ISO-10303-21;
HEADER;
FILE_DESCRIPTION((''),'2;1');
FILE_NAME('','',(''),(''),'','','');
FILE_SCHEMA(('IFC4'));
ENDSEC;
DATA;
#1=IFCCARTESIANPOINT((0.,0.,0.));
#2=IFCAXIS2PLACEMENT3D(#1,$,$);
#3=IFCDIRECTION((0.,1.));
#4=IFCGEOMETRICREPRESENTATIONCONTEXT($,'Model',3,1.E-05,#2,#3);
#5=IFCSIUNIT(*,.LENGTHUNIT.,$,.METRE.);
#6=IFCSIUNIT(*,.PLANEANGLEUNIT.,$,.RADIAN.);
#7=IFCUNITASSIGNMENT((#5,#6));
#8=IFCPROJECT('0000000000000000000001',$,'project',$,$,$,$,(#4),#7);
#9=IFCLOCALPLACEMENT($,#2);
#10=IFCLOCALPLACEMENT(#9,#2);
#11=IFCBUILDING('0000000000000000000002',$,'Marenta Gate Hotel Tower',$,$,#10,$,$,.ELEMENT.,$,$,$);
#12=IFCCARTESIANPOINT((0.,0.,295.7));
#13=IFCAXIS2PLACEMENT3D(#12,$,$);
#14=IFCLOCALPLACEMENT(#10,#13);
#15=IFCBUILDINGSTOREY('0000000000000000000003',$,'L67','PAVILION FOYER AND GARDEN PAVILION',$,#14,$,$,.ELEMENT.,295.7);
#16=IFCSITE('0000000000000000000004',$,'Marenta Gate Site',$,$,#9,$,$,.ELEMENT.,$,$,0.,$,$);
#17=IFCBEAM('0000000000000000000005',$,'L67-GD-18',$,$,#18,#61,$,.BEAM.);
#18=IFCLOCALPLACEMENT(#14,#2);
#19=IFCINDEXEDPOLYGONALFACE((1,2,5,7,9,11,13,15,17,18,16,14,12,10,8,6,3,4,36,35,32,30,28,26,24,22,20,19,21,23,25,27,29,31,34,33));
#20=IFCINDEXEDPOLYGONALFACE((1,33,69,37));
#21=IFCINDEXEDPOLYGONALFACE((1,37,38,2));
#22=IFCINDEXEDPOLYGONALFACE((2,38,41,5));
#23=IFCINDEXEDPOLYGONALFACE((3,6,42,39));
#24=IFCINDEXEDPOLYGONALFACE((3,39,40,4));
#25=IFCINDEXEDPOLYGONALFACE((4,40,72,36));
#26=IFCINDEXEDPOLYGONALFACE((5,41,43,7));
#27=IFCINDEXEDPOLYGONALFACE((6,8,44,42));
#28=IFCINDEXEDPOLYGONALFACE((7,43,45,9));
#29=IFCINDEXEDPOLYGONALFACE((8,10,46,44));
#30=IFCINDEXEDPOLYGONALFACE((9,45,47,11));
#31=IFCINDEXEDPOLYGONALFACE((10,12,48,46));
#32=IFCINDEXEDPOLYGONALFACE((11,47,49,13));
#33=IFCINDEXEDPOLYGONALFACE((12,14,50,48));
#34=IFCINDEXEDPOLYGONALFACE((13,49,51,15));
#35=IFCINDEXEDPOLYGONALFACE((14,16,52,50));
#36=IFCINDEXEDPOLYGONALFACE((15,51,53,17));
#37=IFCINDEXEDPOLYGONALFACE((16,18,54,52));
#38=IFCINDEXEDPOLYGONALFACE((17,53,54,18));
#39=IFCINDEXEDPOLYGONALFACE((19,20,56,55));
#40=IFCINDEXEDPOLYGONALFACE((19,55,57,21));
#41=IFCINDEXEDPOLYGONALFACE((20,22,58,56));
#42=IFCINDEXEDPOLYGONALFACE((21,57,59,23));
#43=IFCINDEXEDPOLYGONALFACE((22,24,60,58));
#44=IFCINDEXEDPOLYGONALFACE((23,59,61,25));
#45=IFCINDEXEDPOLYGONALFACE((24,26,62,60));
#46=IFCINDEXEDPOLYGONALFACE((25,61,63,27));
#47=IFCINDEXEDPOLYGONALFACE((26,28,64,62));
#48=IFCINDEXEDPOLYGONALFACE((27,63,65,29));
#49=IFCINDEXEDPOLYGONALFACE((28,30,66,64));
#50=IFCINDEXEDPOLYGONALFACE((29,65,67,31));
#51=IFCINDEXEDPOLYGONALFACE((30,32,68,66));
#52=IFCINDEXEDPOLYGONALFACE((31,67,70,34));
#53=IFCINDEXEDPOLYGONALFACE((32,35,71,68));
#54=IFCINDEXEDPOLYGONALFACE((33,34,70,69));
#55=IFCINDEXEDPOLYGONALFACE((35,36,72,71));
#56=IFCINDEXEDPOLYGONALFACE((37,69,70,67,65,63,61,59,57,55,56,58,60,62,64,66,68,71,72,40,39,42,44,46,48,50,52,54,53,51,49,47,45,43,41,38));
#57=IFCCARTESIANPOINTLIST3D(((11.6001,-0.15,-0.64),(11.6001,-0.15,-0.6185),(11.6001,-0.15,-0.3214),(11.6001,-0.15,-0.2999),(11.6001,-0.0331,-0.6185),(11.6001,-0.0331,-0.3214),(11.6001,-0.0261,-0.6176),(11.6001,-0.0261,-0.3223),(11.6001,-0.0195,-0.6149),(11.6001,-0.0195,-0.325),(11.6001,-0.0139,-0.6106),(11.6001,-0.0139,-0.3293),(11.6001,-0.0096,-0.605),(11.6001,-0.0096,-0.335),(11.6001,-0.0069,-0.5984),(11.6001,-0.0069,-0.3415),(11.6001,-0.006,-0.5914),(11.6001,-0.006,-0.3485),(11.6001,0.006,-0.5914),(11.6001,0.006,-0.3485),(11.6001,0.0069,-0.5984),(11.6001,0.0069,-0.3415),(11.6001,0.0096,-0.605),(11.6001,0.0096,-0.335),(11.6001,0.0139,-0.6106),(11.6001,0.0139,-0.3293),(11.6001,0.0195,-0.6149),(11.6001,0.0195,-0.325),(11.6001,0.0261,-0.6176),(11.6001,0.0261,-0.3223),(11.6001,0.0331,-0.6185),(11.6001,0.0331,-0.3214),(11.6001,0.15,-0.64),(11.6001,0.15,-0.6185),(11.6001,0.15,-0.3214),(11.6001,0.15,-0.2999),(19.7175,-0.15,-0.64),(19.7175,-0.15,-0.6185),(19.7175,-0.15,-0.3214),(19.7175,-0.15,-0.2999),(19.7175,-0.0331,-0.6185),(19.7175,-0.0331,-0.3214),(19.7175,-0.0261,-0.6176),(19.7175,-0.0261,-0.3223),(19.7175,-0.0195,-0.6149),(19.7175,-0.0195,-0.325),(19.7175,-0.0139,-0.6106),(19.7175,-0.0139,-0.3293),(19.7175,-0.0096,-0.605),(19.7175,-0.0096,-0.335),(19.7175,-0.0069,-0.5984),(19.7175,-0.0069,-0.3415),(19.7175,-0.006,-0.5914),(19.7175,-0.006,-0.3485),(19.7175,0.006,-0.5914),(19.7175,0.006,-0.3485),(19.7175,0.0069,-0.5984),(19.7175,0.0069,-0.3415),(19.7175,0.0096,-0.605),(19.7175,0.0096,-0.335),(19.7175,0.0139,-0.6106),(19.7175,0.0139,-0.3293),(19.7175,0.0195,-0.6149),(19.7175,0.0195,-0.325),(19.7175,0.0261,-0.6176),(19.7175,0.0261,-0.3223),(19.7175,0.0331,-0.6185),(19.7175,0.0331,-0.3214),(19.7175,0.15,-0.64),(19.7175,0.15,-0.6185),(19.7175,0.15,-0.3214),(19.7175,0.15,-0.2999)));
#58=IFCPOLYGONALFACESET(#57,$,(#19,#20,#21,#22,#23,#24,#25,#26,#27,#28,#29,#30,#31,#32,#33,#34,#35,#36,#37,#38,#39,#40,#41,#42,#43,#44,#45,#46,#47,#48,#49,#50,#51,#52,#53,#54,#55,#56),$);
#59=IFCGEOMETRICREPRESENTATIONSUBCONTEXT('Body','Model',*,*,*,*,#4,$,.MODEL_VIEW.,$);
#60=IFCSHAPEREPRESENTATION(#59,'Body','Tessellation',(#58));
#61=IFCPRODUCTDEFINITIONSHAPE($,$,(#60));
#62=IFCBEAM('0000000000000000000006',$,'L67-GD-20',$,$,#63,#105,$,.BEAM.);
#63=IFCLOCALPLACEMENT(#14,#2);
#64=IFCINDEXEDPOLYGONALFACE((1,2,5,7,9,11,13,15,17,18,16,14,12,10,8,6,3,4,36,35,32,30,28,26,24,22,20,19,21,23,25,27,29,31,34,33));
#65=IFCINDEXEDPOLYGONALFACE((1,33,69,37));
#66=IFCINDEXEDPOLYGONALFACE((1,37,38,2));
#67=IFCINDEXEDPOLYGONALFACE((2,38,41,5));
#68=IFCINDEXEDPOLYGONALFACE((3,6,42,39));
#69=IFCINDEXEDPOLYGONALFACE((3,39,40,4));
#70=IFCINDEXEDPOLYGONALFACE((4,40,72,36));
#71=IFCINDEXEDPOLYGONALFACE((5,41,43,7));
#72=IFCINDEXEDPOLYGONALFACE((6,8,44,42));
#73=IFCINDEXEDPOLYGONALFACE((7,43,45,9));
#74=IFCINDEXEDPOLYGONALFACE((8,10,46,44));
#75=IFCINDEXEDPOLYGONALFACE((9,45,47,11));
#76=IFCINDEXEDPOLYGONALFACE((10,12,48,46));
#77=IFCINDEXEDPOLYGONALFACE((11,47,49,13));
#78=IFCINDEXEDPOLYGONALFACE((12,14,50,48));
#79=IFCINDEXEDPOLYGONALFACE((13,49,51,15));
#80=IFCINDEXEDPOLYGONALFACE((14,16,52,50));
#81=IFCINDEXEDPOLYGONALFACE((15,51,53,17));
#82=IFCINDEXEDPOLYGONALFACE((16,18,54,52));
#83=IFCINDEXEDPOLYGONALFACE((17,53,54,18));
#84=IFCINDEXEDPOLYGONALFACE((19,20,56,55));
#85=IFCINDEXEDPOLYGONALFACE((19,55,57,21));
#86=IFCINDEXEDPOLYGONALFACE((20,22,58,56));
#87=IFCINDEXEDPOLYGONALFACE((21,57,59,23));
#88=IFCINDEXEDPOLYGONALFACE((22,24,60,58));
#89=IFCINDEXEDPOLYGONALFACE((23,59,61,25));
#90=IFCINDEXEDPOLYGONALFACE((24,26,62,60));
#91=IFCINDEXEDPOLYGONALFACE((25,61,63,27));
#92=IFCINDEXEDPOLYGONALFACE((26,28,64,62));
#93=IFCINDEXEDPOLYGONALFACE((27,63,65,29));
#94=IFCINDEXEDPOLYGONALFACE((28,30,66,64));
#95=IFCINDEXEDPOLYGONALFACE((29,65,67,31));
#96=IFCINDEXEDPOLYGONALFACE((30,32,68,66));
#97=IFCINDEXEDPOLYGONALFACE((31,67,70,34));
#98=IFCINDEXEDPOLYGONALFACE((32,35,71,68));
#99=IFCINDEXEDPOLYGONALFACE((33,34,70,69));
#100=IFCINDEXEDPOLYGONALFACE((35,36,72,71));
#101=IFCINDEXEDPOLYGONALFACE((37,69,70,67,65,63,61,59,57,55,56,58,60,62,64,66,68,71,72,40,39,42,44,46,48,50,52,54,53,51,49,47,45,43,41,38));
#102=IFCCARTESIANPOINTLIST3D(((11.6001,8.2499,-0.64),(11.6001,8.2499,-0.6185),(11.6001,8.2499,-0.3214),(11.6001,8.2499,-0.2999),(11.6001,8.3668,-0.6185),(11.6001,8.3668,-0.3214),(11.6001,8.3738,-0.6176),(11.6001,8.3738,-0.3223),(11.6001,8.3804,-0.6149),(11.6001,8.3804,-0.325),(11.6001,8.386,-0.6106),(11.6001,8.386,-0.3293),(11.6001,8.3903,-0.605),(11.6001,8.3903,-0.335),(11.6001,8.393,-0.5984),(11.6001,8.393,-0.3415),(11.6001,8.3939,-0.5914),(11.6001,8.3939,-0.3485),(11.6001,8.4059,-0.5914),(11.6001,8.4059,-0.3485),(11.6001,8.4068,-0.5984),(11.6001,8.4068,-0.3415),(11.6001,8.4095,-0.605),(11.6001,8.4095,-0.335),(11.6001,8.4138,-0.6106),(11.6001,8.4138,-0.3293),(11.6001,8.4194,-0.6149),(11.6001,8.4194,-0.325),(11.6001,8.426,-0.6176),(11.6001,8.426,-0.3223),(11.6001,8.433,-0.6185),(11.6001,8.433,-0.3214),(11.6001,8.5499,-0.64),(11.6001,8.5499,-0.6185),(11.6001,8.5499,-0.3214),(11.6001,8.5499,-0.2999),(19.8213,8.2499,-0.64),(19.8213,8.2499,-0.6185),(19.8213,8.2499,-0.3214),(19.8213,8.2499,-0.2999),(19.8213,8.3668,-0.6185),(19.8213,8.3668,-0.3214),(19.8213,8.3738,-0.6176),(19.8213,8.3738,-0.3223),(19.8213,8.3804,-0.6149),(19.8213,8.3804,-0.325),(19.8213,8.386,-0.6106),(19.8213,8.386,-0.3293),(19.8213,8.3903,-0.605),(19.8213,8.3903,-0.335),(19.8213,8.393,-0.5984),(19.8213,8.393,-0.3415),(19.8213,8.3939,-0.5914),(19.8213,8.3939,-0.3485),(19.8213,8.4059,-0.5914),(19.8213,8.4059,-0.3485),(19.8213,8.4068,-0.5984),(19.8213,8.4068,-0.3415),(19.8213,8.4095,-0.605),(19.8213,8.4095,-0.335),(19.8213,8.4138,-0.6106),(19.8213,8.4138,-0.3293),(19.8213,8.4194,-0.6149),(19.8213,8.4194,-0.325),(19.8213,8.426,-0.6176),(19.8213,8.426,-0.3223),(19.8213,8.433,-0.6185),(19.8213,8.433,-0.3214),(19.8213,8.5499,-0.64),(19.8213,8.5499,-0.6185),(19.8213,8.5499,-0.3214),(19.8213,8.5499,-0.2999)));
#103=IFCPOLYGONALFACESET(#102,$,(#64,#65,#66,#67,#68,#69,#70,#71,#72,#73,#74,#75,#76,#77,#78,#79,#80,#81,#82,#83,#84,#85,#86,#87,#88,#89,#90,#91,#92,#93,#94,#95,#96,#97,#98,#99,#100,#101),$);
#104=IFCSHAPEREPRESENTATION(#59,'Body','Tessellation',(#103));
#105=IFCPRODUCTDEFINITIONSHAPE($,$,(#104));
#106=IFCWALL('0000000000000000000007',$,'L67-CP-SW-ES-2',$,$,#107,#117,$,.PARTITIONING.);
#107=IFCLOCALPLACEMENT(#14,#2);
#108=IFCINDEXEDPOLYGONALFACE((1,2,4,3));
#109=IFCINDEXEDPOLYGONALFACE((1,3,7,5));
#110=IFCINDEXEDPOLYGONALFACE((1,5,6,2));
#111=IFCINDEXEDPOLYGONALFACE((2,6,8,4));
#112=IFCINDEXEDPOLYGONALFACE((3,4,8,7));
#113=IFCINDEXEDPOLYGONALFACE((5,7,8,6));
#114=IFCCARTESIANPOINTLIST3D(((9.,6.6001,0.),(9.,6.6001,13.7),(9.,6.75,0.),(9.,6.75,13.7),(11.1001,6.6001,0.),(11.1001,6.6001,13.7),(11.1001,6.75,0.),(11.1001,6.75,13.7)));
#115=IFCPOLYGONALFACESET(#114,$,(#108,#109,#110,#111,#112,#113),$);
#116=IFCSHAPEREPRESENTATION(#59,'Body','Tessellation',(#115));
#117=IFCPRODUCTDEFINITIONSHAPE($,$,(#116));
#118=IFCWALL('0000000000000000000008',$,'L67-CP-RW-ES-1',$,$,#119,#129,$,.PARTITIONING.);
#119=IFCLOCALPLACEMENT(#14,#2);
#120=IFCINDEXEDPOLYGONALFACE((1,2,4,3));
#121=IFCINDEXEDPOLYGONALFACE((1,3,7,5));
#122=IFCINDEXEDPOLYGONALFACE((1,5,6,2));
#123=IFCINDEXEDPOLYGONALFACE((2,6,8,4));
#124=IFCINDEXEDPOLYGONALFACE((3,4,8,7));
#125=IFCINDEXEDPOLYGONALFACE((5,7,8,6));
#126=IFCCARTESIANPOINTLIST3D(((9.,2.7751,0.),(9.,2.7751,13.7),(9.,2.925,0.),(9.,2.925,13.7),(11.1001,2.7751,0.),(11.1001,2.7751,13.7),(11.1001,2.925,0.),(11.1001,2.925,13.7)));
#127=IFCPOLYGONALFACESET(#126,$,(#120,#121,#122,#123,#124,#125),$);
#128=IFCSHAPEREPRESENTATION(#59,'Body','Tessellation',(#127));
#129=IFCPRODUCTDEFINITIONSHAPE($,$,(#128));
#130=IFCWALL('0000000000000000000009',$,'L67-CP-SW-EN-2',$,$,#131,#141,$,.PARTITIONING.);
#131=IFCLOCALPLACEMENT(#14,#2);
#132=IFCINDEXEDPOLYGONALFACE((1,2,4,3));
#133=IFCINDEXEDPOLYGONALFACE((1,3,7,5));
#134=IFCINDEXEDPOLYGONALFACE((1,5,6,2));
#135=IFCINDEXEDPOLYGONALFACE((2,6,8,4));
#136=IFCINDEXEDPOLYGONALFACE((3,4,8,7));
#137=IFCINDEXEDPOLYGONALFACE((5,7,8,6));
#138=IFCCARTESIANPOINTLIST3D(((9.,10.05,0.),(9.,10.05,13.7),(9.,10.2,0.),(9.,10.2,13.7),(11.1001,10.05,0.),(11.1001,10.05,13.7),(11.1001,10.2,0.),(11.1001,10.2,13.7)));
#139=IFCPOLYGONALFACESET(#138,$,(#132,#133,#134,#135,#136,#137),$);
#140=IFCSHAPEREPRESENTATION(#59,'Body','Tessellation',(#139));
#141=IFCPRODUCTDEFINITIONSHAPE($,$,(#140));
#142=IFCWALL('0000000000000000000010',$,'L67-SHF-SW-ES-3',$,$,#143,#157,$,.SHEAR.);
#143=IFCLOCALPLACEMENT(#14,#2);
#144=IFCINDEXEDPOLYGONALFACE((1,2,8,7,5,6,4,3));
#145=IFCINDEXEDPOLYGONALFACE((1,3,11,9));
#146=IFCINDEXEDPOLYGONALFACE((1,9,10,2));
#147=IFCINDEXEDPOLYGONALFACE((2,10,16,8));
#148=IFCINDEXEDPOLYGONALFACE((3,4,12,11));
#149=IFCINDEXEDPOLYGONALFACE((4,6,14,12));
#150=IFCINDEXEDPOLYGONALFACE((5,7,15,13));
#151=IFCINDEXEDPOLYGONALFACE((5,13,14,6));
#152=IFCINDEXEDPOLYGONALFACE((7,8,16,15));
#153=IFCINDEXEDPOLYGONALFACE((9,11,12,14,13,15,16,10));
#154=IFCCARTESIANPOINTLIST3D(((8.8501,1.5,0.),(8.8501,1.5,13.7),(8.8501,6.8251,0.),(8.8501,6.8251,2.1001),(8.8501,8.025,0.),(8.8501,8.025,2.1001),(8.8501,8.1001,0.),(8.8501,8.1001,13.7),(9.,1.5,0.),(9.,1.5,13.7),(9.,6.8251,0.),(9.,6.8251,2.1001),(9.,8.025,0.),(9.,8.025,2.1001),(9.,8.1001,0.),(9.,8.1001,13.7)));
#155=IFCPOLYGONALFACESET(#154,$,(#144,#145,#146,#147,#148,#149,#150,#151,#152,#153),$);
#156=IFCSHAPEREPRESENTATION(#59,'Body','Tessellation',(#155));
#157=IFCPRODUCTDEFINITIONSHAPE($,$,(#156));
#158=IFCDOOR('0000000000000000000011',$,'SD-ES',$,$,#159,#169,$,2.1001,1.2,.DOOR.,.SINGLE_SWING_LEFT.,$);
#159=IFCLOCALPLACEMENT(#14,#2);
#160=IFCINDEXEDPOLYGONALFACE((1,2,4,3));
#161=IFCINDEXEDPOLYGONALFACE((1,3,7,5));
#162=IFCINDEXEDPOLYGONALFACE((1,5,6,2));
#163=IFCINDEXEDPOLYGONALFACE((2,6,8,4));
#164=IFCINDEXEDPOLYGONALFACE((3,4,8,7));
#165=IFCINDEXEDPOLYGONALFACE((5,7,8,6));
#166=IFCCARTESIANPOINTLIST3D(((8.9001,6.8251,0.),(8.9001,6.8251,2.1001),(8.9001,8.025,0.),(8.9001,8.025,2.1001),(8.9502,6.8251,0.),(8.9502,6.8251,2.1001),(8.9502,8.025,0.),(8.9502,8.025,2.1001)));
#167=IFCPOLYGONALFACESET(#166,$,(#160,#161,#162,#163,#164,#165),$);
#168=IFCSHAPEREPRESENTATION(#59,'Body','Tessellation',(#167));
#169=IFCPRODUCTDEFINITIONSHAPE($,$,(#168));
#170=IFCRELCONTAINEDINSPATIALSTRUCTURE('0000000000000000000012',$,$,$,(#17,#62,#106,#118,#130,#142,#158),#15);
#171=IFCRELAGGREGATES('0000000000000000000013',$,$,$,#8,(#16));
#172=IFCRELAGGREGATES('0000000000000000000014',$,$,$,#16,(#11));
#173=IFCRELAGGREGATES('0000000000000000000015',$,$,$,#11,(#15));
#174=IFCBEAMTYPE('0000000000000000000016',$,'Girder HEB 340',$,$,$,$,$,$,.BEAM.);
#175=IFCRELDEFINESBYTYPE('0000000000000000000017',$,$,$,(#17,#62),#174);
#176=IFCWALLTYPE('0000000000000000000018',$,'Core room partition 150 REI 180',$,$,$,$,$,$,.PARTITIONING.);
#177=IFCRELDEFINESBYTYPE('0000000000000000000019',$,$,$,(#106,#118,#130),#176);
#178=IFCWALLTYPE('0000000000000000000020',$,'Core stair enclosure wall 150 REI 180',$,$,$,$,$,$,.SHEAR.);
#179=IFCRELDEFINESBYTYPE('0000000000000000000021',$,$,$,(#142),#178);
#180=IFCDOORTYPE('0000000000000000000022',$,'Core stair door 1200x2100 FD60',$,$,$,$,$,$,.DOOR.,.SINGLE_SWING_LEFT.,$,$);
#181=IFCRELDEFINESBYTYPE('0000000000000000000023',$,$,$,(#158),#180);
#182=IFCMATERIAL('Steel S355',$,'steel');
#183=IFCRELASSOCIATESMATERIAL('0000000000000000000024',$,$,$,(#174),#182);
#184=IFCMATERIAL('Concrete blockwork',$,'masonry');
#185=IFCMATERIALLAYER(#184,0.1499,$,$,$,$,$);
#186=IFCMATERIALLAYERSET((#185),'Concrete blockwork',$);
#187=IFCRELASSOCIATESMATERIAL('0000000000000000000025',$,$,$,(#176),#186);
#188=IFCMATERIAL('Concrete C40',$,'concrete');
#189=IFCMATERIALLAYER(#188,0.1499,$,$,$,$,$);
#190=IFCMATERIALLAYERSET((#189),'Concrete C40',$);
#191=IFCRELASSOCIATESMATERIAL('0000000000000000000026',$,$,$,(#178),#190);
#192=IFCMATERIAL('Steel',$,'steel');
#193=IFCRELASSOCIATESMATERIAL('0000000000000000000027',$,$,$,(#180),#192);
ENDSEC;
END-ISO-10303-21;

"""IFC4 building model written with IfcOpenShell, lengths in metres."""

from ifc_helpers import new_model, si_unit, direction, frame, frame_2d, origin, origin_2d, place, context, subcontext, project, spatial, rectangle, i_section, extrude, material, layer, layer_set, material_profile, profile_set, type_object, element, fill, save


model = new_model("IFC4")

# Units and contexts
model_context = context("Model", 3, precision=1e-05, world=origin(), true_north=direction((0.0, 1.0)))
body_context = subcontext(model_context, "Body", "Model", "MODEL_VIEW")
ifc_project = project(units=[si_unit("LENGTHUNIT", "METRE"), si_unit("PLANEANGLEUNIT", "RADIAN")], contexts=[model_context])

# Site, building, storey
site_placement = place(None, origin())
site = spatial("IfcSite", under=ifc_project, at=site_placement, Name="Marenta Gate Site", CompositionType="ELEMENT", RefElevation=0.0)
building_placement = place(site_placement, origin())
building = spatial("IfcBuilding", under=site, at=building_placement, Name="Marenta Gate Hotel Tower", CompositionType="ELEMENT")
storey_placement = place(building_placement, frame((0.0, 0.0, 295.7)))
storey = spatial("IfcBuildingStorey", under=building, at=storey_placement, Name="L67", Description="PAVILION FOYER AND GARDEN PAVILION", CompositionType="ELEMENT", Elevation=295.7)

# Beams
ifc_material_1 = material(Name="Steel S355", Category="steel")
ifc_material_profile_1 = material_profile(ifc_material_1, i_section(OverallWidth=0.3, OverallDepth=0.3401, WebThickness=0.012, FlangeThickness=0.0215, FilletRadius=0.0271, at=origin_2d()), Name="HEB 340")
ifc_profile_set_1 = profile_set([ifc_material_profile_1], Name="Steel S355")
beam_type_1 = type_object("IfcBeamType", Name="Girder HEB 340", PredefinedType="BEAM", material=ifc_profile_set_1)
beam_1_placement = place(storey_placement, frame((11.6001, 0.0, -0.47), z_axis=(1.0, 0.0, 0.0), x_axis=(0.0, 1.0, 0.0)))
element("IfcBeam", 1, at=beam_1_placement, inside=storey, type_object=beam_type_1, Name="L67-GD-18", PredefinedType="BEAM", context=body_context, shape_type="SweptSolid", body=[
    extrude(i_section(OverallWidth=0.3, OverallDepth=0.3401, WebThickness=0.012, FlangeThickness=0.0215, FilletRadius=0.0271, at=origin_2d()), origin(), (0.0, 0.0, 1.0), 8.1174),
])
beam_2_placement = place(storey_placement, frame((11.6001, 8.3999, -0.47), z_axis=(1.0, 0.0, 0.0), x_axis=(0.0, 1.0, 0.0)))
element("IfcBeam", 2, at=beam_2_placement, inside=storey, type_object=beam_type_1, Name="L67-GD-20", PredefinedType="BEAM", context=body_context, shape_type="SweptSolid", body=[
    extrude(i_section(OverallWidth=0.3, OverallDepth=0.3401, WebThickness=0.012, FlangeThickness=0.0215, FilletRadius=0.0271, at=origin_2d()), origin(), (0.0, 0.0, 1.0), 8.2212),
])

# Walls
ifc_material_2 = material(Name="Concrete blockwork", Category="masonry")
ifc_layer_1 = layer(ifc_material_2, 0.1499)
ifc_layer_set_1 = layer_set([ifc_layer_1], Name="Concrete blockwork")
wall_type_1 = type_object("IfcWallType", Name="Core room partition 150 REI 180", PredefinedType="PARTITIONING", material=ifc_layer_set_1)
for number, where, z_axis, x_axis, name in (
    (3, (9.0, 6.675, 0.0), (0.0, 0.0, 1.0), (1.0, 0.0, 0.0), "L67-CP-SW-ES-2"),
    (4, (9.0, 2.8501, 0.0), (0.0, 0.0, 1.0), (1.0, 0.0, 0.0), "L67-CP-RW-ES-1"),
    (5, (9.0, 10.125, 0.0), (0.0, 0.0, 1.0), (1.0, 0.0, 0.0), "L67-CP-SW-EN-2"),
):
    element("IfcWall", number, at=place(storey_placement, frame(where, z_axis=z_axis, x_axis=x_axis)), inside=storey, type_object=wall_type_1, Name=name, PredefinedType="PARTITIONING", context=body_context, shape_type="SweptSolid", body=[
        extrude(rectangle(XDim=2.1001, YDim=0.1499, at=frame_2d((1.05, 0.0))), origin(), (0.0, 0.0, 1.0), 13.7),
    ])

# Wall, opening, door
ifc_material_3 = material(Name="Concrete C40", Category="concrete")
ifc_layer_2 = layer(ifc_material_3, 0.1499)
ifc_layer_set_2 = layer_set([ifc_layer_2], Name="Concrete C40")
wall_type_2 = type_object("IfcWallType", Name="Core stair enclosure wall 150 REI 180", PredefinedType="SHEAR", material=ifc_layer_set_2)
wall_1_placement = place(storey_placement, frame((8.925, 1.5, 0.0), z_axis=(0.0, 0.0, 1.0), x_axis=(0.0, 1.0, 0.0)))
wall_1 = element("IfcWall", 6, at=wall_1_placement, inside=storey, type_object=wall_type_2, Name="L67-SHF-SW-ES-3", PredefinedType="SHEAR", context=body_context, shape_type="SweptSolid", body=[
    extrude(rectangle(XDim=6.6001, YDim=0.1499, at=frame_2d((3.3, 0.0))), origin(), (0.0, 0.0, 1.0), 13.7),
])
opening_1_placement = place(wall_1_placement, frame((5.325, 0.0, 0.0)))
opening_1 = element("IfcOpeningElement", 7, at=opening_1_placement, cuts=wall_1, PredefinedType="OPENING", context=body_context, shape_type="SweptSolid", body=[
    extrude(rectangle(XDim=1.2, YDim=2.1001, at=frame_2d((0.6001, 1.05))), frame((0.0, 0.075, 0.0), z_axis=(0.0, -1.0, 0.0), x_axis=(1.0, 0.0, 0.0)), (0.0, 0.0, 1.0), 0.1499),
])
ifc_material_4 = material(Name="Steel", Category="steel")
door_type = type_object("IfcDoorType", Name="Core stair door 1200x2100 FD60", OperationType="SINGLE_SWING_LEFT", PredefinedType="DOOR", material=ifc_material_4)
door_1_placement = place(opening_1_placement, origin())
door_1 = element("IfcDoor", 8, at=door_1_placement, inside=storey, type_object=door_type, Name="SD-ES", OperationType="SINGLE_SWING_LEFT", OverallHeight=2.1001, OverallWidth=1.2, PredefinedType="DOOR", context=body_context, shape_type="SweptSolid", body=[
    extrude(rectangle(XDim=1.2, YDim=2.1001, at=frame_2d((0.6001, 1.05))), frame((0.0, 0.0249, 0.0), z_axis=(0.0, -1.0, 0.0), x_axis=(1.0, 0.0, 0.0)), (0.0, 0.0, 1.0), 0.05),
])
fill(opening_1, door_1)

save(model, "model.ifc")
